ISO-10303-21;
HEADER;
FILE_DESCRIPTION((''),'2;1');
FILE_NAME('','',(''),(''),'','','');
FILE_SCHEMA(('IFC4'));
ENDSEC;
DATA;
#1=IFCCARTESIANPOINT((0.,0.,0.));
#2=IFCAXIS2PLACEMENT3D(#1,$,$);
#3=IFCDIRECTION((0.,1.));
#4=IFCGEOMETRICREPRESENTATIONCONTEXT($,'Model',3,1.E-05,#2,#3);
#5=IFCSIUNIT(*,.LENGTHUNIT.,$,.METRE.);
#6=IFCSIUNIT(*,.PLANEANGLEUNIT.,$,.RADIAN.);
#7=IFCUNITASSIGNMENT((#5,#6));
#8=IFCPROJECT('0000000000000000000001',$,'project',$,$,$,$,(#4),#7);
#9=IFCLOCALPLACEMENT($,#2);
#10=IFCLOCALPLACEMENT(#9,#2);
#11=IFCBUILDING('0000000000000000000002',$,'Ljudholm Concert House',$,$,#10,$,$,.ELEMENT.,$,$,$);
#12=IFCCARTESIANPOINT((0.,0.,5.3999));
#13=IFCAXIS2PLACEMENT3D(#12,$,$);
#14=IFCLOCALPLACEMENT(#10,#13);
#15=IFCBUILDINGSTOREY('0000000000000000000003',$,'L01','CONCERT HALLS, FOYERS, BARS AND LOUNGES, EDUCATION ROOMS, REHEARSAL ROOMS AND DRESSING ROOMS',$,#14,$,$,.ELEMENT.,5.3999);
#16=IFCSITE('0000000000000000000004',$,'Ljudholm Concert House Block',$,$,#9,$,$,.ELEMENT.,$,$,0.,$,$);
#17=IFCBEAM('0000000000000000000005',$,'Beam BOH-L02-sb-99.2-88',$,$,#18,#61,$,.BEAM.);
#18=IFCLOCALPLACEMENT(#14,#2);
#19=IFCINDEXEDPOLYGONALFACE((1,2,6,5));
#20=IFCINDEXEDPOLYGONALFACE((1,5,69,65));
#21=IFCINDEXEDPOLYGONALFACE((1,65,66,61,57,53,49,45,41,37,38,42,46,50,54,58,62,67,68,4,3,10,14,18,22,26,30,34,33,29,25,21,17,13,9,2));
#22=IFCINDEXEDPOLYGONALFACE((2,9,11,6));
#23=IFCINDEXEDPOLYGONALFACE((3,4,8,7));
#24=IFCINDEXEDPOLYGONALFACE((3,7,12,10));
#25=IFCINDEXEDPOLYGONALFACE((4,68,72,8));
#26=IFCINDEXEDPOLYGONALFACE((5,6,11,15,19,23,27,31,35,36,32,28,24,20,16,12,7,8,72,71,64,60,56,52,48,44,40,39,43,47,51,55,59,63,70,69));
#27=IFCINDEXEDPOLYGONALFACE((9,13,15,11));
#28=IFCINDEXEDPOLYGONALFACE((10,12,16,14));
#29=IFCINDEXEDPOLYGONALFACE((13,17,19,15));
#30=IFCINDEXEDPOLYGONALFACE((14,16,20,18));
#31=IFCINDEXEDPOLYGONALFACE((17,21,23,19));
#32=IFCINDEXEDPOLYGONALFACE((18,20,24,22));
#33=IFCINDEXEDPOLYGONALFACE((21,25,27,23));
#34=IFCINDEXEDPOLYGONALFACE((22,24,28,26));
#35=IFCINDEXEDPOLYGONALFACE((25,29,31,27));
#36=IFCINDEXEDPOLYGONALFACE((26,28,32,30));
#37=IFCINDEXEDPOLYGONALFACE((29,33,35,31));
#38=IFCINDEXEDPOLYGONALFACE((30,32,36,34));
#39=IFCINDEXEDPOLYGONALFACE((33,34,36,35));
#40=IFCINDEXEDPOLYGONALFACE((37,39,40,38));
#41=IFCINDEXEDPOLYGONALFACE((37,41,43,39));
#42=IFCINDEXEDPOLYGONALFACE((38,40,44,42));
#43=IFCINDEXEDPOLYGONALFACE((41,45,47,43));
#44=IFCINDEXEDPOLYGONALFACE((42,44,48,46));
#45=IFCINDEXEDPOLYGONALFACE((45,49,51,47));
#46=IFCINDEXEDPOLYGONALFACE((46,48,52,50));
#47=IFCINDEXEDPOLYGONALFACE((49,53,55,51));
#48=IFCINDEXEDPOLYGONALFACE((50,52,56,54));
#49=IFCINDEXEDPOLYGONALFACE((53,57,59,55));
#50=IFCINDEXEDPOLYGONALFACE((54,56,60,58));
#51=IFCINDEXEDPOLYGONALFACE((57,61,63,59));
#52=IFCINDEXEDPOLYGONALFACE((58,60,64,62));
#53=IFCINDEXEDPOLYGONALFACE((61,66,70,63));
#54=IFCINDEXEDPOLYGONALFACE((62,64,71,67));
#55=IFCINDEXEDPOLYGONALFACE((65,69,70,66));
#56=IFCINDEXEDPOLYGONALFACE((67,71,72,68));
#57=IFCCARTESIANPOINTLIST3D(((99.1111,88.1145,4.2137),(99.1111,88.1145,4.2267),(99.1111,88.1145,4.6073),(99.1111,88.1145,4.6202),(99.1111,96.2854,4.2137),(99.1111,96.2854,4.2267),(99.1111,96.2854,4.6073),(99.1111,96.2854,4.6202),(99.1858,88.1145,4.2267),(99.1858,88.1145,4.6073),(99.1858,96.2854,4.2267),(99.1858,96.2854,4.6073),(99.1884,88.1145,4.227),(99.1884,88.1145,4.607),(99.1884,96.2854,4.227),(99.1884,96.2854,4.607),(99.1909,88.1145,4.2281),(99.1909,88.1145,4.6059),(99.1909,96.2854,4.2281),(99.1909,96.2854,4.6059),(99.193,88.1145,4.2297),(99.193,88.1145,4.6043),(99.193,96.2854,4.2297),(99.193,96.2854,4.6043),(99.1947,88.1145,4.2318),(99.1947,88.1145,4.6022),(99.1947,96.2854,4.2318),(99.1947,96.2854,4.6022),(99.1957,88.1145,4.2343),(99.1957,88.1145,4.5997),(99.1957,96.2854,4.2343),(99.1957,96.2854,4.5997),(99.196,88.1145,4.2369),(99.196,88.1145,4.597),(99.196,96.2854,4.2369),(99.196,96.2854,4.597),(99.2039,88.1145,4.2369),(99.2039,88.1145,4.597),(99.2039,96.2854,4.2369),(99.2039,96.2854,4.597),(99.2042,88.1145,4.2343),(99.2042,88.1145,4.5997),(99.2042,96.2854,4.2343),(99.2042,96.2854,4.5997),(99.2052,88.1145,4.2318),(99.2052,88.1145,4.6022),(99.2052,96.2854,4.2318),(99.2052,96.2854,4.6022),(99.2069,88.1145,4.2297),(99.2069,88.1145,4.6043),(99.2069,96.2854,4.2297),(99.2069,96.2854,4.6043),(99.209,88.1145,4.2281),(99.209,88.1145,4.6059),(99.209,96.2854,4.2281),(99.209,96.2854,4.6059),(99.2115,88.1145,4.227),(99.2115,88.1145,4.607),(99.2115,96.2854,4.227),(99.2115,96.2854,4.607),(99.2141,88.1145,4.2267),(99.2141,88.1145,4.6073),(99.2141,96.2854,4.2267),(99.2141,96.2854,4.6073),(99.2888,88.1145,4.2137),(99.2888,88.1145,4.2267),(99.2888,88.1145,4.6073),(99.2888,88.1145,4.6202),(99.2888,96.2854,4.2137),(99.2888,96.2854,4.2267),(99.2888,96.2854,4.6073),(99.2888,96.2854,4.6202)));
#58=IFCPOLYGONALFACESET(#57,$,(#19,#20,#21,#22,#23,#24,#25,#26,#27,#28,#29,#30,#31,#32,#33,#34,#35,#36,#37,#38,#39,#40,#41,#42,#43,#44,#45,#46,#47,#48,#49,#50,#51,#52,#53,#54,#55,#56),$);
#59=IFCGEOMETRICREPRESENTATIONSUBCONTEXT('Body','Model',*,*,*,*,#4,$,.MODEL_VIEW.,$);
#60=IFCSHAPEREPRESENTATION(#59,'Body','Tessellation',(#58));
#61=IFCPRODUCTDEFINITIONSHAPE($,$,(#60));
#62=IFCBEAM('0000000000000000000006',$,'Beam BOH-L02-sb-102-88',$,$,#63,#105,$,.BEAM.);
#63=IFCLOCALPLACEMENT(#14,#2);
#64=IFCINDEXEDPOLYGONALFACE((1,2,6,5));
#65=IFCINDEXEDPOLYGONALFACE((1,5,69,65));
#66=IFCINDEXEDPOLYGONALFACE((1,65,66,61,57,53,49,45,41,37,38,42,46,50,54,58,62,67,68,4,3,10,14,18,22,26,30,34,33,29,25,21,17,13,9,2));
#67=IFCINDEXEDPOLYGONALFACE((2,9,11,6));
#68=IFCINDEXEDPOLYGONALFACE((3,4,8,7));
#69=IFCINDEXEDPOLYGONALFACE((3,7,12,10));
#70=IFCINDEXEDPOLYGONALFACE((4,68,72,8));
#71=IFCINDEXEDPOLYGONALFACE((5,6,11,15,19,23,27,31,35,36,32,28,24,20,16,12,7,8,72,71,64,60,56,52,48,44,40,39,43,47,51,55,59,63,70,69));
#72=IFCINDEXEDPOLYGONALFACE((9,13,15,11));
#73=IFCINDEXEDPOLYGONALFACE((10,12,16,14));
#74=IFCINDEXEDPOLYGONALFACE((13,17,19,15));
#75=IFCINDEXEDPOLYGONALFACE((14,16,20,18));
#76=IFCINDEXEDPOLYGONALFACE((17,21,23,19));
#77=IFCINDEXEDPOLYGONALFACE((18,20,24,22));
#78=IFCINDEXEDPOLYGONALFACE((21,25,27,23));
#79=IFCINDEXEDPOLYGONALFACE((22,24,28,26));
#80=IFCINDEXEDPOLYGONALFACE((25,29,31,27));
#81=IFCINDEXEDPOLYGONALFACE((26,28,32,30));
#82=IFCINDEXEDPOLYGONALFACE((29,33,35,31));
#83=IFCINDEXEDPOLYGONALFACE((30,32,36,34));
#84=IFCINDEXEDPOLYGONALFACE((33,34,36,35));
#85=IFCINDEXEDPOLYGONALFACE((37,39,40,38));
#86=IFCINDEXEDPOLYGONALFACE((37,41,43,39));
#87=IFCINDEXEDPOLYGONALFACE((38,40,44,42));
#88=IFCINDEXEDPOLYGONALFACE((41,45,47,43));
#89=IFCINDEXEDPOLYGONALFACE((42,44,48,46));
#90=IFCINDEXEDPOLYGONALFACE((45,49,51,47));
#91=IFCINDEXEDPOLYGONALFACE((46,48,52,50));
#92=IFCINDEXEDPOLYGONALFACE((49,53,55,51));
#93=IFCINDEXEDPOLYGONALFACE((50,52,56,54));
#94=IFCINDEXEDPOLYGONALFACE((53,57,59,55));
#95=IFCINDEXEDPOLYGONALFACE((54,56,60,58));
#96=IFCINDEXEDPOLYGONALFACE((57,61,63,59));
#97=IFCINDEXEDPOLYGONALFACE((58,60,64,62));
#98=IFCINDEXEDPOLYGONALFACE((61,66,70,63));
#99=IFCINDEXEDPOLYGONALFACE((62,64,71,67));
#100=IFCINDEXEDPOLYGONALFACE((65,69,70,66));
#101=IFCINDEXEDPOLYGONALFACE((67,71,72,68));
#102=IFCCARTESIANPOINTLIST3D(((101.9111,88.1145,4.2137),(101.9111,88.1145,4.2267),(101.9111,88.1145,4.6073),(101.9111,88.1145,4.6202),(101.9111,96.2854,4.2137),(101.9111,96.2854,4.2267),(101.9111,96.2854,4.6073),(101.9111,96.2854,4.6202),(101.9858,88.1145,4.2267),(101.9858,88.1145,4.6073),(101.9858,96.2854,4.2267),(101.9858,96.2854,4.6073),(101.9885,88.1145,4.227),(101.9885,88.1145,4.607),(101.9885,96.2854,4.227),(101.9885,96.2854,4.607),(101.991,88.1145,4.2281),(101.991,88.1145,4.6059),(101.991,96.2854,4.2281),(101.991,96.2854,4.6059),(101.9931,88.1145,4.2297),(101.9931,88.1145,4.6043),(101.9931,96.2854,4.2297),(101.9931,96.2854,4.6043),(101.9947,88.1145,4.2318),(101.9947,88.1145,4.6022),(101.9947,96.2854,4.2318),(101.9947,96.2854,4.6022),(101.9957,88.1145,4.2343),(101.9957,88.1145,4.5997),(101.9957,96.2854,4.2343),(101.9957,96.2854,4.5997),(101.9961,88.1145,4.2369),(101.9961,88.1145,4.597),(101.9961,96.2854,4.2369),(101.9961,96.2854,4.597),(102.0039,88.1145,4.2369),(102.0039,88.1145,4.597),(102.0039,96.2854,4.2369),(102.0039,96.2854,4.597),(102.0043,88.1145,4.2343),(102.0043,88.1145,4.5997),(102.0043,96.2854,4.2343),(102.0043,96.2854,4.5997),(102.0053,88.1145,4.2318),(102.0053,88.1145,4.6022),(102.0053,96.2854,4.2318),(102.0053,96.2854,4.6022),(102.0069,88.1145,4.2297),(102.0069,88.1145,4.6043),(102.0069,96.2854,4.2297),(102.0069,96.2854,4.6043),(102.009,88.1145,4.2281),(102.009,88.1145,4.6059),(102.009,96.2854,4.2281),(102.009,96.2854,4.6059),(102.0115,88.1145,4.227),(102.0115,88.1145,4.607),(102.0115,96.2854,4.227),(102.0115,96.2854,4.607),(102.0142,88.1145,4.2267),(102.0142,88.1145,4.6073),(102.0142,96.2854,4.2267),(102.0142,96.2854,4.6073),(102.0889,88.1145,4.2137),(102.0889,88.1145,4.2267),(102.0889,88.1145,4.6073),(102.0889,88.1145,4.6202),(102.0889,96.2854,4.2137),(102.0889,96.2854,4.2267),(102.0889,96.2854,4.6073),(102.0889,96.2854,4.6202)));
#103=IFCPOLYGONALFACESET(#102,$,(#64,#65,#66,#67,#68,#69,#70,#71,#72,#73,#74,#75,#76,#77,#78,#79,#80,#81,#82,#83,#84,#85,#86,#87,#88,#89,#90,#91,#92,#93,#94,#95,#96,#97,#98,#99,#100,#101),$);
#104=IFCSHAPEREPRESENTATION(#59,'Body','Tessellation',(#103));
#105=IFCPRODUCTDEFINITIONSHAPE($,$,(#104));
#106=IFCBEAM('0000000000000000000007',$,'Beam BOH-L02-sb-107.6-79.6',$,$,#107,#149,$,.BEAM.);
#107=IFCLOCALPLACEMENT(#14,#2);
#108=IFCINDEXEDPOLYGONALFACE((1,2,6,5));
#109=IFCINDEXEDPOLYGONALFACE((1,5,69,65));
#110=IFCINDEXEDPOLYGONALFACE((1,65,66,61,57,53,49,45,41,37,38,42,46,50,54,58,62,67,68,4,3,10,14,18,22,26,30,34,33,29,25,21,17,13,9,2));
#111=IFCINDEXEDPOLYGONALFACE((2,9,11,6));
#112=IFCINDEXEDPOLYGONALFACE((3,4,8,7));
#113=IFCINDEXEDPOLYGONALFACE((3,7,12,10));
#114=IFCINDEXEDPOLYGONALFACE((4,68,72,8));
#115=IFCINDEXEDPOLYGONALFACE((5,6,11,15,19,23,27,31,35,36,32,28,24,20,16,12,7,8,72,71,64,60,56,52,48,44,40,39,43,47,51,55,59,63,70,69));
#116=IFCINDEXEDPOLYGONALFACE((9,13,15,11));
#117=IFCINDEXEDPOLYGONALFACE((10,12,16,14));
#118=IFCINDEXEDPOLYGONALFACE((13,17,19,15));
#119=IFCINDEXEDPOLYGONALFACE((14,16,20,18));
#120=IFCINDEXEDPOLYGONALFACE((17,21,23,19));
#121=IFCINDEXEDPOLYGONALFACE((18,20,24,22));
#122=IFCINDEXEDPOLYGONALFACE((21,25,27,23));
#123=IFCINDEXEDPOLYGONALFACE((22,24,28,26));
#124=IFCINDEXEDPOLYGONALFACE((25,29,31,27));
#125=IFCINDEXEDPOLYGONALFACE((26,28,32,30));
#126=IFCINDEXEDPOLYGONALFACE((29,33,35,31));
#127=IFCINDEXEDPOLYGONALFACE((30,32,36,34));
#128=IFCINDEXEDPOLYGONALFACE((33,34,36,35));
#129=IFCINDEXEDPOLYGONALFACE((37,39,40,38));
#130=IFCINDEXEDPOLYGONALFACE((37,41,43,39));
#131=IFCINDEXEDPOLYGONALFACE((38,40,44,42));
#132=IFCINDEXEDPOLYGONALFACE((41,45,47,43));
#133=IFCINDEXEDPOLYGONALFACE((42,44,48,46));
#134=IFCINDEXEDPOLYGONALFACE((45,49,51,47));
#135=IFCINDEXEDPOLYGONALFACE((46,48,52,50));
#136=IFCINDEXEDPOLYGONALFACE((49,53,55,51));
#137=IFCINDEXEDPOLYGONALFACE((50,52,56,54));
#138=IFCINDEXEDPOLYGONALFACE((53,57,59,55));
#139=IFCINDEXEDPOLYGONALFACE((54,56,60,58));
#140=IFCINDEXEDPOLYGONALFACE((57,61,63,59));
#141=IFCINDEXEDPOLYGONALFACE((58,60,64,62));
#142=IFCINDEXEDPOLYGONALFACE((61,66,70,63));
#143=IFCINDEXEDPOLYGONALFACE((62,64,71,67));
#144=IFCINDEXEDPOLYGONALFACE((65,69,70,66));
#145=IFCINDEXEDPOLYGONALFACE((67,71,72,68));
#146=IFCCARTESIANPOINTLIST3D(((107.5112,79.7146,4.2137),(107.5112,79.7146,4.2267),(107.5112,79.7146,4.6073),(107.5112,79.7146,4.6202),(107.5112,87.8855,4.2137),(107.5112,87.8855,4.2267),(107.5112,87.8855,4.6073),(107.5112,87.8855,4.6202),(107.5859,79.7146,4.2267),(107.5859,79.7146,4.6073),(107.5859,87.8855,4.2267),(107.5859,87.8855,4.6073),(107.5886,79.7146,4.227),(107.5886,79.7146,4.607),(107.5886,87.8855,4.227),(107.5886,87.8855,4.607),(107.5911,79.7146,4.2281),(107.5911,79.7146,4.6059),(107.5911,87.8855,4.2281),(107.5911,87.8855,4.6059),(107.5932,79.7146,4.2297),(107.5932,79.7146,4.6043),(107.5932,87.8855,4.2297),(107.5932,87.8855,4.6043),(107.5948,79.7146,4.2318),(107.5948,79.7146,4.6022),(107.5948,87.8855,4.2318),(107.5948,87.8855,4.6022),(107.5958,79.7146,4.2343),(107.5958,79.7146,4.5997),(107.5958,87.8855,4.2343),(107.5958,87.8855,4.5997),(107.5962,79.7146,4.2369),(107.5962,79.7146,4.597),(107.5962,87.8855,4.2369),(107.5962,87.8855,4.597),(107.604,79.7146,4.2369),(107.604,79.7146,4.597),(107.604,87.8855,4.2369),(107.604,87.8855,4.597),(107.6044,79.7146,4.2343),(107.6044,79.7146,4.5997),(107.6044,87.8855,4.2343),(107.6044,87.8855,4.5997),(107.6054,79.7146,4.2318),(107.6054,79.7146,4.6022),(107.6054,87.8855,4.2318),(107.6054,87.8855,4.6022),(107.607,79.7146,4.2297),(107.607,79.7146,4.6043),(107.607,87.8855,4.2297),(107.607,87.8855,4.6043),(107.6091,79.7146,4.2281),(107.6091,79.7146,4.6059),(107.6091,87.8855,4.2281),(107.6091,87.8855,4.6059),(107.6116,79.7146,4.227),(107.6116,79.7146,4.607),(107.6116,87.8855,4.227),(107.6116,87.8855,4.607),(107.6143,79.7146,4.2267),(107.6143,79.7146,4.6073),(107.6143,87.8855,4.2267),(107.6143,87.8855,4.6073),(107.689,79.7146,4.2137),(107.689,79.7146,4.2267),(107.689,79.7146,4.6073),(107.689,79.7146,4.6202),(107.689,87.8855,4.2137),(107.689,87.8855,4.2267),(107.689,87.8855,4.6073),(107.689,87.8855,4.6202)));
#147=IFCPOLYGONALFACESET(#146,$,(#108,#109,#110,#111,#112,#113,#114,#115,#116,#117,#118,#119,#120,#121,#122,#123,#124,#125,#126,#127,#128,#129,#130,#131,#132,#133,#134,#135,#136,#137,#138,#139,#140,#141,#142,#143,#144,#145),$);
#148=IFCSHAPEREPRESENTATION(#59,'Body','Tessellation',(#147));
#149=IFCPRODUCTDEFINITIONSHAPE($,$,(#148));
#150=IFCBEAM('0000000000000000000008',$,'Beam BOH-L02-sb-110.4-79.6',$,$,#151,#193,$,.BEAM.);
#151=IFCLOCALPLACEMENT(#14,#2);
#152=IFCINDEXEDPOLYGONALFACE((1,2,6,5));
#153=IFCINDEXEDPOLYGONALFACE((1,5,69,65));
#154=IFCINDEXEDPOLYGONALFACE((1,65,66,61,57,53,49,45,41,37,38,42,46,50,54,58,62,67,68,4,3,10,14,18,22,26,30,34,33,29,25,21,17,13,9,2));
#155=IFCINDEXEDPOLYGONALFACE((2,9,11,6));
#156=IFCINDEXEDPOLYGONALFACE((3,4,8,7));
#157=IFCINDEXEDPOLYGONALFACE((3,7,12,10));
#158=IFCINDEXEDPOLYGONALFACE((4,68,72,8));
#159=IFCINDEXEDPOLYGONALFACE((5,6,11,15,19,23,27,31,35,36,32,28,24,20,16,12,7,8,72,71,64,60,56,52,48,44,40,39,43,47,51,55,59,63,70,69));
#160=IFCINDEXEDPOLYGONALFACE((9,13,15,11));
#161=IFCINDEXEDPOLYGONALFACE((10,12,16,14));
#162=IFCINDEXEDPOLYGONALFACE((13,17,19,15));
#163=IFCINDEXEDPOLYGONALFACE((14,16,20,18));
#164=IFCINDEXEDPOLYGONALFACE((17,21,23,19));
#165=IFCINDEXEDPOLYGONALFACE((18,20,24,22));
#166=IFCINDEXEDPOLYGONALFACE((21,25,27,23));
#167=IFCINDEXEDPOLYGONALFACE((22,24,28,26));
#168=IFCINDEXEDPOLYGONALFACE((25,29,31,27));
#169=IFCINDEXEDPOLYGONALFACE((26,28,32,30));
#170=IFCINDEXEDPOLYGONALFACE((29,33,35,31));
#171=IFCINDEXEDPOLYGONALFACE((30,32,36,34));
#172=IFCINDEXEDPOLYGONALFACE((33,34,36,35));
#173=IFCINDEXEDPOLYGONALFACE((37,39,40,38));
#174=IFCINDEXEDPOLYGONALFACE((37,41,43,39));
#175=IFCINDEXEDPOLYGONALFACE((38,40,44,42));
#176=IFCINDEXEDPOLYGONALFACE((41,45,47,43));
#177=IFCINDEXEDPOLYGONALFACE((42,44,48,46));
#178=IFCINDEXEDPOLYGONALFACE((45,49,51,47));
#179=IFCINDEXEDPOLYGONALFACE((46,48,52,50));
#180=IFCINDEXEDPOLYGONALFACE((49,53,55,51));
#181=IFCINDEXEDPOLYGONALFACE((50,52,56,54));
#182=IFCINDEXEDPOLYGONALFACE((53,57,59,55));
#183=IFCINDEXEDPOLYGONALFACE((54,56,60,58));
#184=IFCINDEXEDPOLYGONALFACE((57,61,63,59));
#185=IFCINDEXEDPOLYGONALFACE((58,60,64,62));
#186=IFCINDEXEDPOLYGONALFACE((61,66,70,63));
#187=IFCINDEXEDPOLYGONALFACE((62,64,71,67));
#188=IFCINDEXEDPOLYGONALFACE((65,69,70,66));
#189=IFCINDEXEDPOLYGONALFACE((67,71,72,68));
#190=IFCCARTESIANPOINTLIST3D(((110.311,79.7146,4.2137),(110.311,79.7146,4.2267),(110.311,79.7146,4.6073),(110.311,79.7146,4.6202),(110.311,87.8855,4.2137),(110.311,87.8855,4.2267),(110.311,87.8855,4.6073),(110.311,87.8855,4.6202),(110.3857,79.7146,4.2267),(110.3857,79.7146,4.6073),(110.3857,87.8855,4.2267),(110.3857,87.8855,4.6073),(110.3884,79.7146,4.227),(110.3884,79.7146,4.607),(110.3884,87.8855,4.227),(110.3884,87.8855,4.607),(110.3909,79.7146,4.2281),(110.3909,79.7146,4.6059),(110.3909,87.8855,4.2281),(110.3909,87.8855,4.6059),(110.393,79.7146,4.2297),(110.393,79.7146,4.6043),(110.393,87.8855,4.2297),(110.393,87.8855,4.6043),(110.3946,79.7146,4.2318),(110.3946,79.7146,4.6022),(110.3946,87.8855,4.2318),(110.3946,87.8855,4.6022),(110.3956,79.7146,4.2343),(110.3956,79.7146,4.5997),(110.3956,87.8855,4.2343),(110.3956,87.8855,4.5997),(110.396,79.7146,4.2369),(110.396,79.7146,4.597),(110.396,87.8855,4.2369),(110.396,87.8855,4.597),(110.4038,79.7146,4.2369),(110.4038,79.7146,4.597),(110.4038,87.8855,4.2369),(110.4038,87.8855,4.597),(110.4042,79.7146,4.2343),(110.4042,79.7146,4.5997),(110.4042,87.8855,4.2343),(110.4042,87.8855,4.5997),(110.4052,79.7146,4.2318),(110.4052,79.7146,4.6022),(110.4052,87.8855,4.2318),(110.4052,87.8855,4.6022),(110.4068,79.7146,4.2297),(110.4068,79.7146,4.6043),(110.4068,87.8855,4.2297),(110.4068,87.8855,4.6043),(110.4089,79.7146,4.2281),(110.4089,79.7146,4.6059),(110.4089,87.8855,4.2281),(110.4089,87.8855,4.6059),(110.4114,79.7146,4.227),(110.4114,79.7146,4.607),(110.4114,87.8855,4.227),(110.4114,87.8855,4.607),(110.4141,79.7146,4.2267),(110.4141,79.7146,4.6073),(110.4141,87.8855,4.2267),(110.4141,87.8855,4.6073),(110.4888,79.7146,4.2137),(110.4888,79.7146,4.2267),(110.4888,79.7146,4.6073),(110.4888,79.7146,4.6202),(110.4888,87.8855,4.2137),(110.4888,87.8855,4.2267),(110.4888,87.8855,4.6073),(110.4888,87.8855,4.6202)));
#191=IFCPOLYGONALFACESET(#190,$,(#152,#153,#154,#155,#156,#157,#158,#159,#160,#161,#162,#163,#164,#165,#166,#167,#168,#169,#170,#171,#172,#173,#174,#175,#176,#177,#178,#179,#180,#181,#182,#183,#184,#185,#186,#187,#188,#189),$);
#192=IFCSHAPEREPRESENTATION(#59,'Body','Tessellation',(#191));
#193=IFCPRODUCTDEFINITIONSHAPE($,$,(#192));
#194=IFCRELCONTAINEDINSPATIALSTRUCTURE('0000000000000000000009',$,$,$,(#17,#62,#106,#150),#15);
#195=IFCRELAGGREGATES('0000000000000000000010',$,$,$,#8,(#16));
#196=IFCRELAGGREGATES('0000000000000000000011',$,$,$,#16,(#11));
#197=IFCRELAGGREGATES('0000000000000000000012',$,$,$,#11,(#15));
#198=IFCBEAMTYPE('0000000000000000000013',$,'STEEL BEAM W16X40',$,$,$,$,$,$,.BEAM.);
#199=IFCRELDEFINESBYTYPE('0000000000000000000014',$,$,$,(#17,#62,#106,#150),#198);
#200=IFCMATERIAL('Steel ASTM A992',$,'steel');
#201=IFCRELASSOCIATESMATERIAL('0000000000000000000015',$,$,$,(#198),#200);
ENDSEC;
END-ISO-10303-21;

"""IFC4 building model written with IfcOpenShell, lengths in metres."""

from ifc_helpers import new_model, si_unit, direction, frame, origin, origin_2d, place, context, subcontext, project, spatial, i_section, extrude, material, material_profile, profile_set, type_object, element, save


model = new_model("IFC4")

# Units and contexts
model_context = context("Model", 3, precision=1e-05, world=origin(), true_north=direction((0.0, 1.0)))
body_context = subcontext(model_context, "Body", "Model", "MODEL_VIEW")
ifc_project = project(units=[si_unit("LENGTHUNIT", "METRE"), si_unit("PLANEANGLEUNIT", "RADIAN")], contexts=[model_context])

# Site, building, storey
site_placement = place(None, origin())
site = spatial("IfcSite", under=ifc_project, at=site_placement, Name="Ljudholm Concert House Block", CompositionType="ELEMENT", RefElevation=0.0)
building_placement = place(site_placement, origin())
building = spatial("IfcBuilding", under=site, at=building_placement, Name="Ljudholm Concert House", CompositionType="ELEMENT")
storey_placement = place(building_placement, frame((0.0, 0.0, 5.3999)))
storey = spatial("IfcBuildingStorey", under=building, at=storey_placement, Name="L01", Description="CONCERT HALLS, FOYERS, BARS AND LOUNGES, EDUCATION ROOMS, REHEARSAL ROOMS AND DRESSING ROOMS", CompositionType="ELEMENT", Elevation=5.3999)

# Beams
ifc_material_1 = material(Name="Steel ASTM A992", Category="steel")
ifc_material_profile_1 = material_profile(ifc_material_1, i_section(OverallWidth=0.1777, OverallDepth=0.4065, WebThickness=0.0078, FlangeThickness=0.0129, FilletRadius=0.0103, at=origin_2d()), Name="W16X40")
ifc_profile_set_1 = profile_set([ifc_material_profile_1], Name="Steel ASTM A992")
beam_type_1 = type_object("IfcBeamType", Name="STEEL BEAM W16X40", PredefinedType="BEAM", material=ifc_profile_set_1)
for number, where, z_axis, x_axis, name in (
    (1, (99.2, 88.1145, 4.417), (0.0, 1.0, 0.0), (-1.0, 0.0, 0.0), "Beam BOH-L02-sb-99.2-88"),
    (2, (102.0, 88.1145, 4.417), (0.0, 1.0, 0.0), (-1.0, 0.0, 0.0), "Beam BOH-L02-sb-102-88"),
    (3, (107.6001, 79.7146, 4.417), (0.0, 1.0, 0.0), (-1.0, 0.0, 0.0), "Beam BOH-L02-sb-107.6-79.6"),
    (4, (110.3999, 79.7146, 4.417), (0.0, 1.0, 0.0), (-1.0, 0.0, 0.0), "Beam BOH-L02-sb-110.4-79.6"),
):
    element("IfcBeam", number, at=place(storey_placement, frame(where, z_axis=z_axis, x_axis=x_axis)), inside=storey, type_object=beam_type_1, Name=name, PredefinedType="BEAM", context=body_context, shape_type="SweptSolid", body=[
        extrude(i_section(OverallWidth=0.1777, OverallDepth=0.4065, WebThickness=0.0078, FlangeThickness=0.0129, FilletRadius=0.0103, at=origin_2d()), origin(), (0.0, 0.0, 1.0), 8.1709),
    ])

save(model, "model.ifc")
